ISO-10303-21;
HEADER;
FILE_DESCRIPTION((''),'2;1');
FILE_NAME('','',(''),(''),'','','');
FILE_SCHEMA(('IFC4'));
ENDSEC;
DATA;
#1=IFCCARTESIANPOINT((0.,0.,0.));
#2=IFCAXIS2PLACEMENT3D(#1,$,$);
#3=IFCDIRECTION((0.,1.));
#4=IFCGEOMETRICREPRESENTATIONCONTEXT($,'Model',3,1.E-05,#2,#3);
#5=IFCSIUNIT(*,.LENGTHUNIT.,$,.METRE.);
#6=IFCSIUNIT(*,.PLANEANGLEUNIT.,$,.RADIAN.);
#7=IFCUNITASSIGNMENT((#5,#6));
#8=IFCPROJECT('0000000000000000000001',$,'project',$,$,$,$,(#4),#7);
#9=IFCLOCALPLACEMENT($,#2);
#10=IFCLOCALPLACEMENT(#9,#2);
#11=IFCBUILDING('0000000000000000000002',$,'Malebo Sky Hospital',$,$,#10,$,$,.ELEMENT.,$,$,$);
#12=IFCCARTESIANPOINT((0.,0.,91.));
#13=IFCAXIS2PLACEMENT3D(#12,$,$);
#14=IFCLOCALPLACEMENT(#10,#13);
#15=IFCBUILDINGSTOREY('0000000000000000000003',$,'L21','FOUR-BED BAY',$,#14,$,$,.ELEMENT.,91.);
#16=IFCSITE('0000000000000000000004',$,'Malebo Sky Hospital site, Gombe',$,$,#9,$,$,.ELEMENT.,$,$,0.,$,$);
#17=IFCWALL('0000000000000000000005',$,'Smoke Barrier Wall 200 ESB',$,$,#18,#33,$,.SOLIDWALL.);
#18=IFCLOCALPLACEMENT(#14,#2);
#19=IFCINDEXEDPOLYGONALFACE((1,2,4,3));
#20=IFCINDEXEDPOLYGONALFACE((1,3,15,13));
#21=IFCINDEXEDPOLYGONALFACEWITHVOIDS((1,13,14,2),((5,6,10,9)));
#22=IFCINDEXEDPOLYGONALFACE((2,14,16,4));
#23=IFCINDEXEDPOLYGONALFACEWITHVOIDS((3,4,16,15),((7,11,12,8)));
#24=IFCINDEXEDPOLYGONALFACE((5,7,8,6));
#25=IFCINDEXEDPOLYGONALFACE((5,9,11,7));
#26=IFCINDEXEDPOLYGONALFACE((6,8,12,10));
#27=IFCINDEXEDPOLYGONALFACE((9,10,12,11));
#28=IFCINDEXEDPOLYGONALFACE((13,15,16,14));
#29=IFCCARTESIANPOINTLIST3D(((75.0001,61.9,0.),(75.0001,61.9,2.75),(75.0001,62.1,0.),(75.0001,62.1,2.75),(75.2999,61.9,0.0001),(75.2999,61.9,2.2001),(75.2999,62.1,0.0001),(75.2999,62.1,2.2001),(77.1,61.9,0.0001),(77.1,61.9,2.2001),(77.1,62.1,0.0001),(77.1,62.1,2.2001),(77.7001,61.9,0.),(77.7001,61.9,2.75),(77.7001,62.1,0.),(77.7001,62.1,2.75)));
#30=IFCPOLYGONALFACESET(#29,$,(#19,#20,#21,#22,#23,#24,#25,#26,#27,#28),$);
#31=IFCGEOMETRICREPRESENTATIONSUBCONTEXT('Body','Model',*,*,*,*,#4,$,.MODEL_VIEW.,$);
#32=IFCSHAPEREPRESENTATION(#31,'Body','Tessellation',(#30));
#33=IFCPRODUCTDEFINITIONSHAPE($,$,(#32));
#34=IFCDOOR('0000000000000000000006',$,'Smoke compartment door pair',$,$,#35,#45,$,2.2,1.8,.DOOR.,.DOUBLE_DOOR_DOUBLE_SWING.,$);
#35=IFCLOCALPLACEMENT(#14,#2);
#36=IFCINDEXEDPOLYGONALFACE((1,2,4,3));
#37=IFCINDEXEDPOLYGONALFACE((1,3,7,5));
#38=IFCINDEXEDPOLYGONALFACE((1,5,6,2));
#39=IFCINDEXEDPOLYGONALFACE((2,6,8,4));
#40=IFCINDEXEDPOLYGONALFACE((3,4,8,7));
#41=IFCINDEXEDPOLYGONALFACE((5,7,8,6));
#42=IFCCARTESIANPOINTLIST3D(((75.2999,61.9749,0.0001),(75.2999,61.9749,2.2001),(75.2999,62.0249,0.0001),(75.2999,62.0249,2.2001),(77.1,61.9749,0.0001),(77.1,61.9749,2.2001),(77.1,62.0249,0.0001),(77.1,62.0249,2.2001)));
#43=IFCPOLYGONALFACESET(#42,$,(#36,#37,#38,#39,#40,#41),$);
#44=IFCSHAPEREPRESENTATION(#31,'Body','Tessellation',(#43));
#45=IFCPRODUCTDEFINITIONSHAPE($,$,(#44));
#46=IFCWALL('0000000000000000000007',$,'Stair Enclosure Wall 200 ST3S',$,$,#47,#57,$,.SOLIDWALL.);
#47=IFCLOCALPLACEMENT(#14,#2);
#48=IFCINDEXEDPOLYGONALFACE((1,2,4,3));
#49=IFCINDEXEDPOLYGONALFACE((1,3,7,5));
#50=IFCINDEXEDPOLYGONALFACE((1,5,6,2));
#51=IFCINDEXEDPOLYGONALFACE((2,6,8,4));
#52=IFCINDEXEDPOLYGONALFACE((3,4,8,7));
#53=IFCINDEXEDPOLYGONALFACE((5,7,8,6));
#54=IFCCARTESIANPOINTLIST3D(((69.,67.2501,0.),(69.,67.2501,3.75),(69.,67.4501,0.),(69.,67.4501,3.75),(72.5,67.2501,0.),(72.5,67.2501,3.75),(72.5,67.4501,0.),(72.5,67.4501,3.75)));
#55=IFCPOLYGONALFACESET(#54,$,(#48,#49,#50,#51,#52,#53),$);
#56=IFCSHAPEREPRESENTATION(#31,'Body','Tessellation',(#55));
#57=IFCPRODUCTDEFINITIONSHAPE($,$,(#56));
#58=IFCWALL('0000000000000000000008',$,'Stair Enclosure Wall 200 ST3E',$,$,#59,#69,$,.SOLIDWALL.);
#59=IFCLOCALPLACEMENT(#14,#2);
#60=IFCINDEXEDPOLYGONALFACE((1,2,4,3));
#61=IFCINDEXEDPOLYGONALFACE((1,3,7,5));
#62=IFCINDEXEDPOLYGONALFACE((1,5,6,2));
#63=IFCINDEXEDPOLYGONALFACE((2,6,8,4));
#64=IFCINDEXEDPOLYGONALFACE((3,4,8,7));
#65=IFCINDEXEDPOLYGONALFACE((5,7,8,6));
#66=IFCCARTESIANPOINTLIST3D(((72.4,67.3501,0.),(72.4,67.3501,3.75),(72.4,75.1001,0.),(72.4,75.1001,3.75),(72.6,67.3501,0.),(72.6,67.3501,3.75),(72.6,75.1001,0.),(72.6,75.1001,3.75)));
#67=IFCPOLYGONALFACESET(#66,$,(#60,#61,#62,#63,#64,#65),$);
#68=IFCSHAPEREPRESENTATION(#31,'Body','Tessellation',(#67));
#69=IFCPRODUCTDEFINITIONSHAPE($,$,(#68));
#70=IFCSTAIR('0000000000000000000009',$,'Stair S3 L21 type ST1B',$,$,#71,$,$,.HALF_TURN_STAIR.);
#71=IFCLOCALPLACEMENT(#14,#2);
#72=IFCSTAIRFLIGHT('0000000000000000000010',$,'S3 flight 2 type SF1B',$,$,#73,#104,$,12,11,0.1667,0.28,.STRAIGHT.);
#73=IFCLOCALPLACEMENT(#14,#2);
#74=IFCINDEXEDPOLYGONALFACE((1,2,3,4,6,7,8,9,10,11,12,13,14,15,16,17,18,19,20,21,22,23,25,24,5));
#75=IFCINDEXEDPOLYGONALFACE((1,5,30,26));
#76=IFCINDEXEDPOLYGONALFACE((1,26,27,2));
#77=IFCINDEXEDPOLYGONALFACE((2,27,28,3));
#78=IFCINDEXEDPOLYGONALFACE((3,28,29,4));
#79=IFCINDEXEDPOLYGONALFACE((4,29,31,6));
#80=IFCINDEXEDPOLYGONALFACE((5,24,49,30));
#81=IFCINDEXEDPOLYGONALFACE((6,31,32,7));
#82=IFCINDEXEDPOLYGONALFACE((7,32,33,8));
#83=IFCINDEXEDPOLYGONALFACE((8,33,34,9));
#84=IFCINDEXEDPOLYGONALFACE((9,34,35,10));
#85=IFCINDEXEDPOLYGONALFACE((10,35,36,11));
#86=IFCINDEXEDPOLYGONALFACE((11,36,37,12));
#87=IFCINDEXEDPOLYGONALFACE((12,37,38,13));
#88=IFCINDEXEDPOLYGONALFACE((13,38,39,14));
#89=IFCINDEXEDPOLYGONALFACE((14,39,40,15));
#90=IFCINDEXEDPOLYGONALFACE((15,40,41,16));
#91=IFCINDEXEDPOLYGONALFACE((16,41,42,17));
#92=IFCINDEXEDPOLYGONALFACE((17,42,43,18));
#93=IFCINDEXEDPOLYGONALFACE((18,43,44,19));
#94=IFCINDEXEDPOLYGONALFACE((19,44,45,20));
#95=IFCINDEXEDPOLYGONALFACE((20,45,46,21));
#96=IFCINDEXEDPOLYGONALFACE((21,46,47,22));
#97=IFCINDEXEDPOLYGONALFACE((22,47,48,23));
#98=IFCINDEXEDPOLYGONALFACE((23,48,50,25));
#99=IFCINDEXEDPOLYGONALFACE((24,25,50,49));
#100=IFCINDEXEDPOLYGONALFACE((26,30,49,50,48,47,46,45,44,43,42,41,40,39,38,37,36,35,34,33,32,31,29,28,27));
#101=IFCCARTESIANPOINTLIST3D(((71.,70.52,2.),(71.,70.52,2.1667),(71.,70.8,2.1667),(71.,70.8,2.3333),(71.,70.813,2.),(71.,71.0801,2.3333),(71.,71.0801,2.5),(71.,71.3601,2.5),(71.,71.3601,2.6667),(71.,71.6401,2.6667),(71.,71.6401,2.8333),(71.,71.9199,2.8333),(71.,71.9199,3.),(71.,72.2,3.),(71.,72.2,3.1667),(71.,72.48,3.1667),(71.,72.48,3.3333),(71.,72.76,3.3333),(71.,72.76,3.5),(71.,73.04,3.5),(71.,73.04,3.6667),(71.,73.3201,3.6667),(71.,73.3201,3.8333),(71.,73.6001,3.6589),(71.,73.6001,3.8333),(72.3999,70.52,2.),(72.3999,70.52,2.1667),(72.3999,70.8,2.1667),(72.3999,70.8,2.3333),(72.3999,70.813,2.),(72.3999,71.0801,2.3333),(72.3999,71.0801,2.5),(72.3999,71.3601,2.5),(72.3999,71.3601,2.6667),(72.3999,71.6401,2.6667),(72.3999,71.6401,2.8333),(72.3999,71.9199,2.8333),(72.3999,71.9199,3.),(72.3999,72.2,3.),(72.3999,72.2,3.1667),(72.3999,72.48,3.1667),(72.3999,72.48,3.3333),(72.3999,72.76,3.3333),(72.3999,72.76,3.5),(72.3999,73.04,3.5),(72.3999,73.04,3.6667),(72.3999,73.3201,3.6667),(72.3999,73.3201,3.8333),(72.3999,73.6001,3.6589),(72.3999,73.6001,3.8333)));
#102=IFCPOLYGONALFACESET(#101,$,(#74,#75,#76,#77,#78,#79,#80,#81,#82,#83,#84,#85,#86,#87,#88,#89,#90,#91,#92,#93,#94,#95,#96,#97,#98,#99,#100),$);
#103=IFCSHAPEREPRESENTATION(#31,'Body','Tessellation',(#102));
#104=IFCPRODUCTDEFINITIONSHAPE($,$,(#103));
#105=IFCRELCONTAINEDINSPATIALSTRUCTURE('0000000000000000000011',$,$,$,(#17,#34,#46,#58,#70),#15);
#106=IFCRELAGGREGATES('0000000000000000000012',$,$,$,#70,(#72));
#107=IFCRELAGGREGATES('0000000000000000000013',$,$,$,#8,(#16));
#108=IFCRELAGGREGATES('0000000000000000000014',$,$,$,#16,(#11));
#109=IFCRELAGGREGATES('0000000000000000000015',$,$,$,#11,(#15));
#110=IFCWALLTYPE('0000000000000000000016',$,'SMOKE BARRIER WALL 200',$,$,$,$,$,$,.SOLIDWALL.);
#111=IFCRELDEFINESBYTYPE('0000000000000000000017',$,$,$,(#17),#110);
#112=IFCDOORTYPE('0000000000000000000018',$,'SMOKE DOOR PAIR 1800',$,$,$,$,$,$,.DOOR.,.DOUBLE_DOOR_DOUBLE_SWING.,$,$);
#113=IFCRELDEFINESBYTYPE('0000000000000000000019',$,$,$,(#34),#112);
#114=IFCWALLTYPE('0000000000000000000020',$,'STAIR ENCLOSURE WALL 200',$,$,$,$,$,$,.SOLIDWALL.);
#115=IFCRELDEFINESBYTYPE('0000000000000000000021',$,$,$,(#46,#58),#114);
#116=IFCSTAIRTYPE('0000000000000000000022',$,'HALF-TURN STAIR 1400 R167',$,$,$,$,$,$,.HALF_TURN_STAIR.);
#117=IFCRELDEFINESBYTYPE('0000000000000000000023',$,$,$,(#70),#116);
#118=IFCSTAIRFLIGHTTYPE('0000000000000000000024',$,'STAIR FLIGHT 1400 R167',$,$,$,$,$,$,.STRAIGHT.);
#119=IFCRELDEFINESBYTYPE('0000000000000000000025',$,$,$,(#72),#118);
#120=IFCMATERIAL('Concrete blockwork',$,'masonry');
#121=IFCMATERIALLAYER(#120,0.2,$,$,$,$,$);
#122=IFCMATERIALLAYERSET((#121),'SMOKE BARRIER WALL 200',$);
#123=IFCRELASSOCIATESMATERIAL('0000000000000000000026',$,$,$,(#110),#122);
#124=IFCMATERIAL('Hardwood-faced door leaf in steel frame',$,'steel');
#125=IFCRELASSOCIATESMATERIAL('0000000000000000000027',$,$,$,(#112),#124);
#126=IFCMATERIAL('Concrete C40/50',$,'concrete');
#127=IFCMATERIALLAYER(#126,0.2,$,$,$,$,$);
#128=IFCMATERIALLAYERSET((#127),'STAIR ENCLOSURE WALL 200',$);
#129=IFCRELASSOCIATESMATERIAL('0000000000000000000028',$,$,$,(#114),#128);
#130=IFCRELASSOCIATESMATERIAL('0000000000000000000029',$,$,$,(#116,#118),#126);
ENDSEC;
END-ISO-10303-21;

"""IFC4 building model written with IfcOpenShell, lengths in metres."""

from ifc_helpers import new_model, si_unit, direction, frame, frame_2d, origin, place, context, subcontext, project, spatial, polyline, rectangle, outline, extrude, material, layer, layer_set, type_object, element, fill, aggregate, save


model = new_model("IFC4")

# Units and contexts
model_context = context("Model", 3, precision=1e-05, world=origin(), true_north=direction((0.0, 1.0)))
body_context = subcontext(model_context, "Body", "Model", "MODEL_VIEW")
ifc_project = project(units=[si_unit("LENGTHUNIT", "METRE"), si_unit("PLANEANGLEUNIT", "RADIAN")], contexts=[model_context])

# Site, building, storey
site_placement = place(None, origin())
site = spatial("IfcSite", under=ifc_project, at=site_placement, Name="Malebo Sky Hospital site, Gombe", CompositionType="ELEMENT", RefElevation=0.0)
building_placement = place(site_placement, origin())
building = spatial("IfcBuilding", under=site, at=building_placement, Name="Malebo Sky Hospital", CompositionType="ELEMENT")
storey_placement = place(building_placement, frame((0.0, 0.0, 91.0)))
storey = spatial("IfcBuildingStorey", under=building, at=storey_placement, Name="L21", Description="FOUR-BED BAY", CompositionType="ELEMENT", Elevation=91.0)

# Shared definitions
ifc_material_1 = material(Name="Hardwood-faced door leaf in steel frame", Category="steel")

# Shared definitions
ifc_material_2 = material(Name="Concrete blockwork", Category="masonry")
ifc_layer_1 = layer(ifc_material_2, 0.2)
ifc_layer_set_1 = layer_set([ifc_layer_1], Name="SMOKE BARRIER WALL 200")
wall_type_1 = type_object("IfcWallType", Name="SMOKE BARRIER WALL 200", PredefinedType="SOLIDWALL", material=ifc_layer_set_1)

# Wall, opening, door
wall_1_placement = place(storey_placement, frame((75.0, 62.0, 0.0), z_axis=(0.0, 0.0, 1.0), x_axis=(1.0, 0.0, 0.0)))
wall_1 = element("IfcWall", 1, at=wall_1_placement, inside=storey, type_object=wall_type_1, Name="Smoke Barrier Wall 200 ESB", PredefinedType="SOLIDWALL", context=body_context, shape_type="SweptSolid", body=[
    extrude(rectangle(XDim=2.7, YDim=0.2, at=frame_2d((1.3501, 0.0))), origin(), (0.0, 0.0, 1.0), 2.75),
])
opening_1_placement = place(wall_1_placement, frame((0.3, 0.0, 0.0)))
opening_1 = element("IfcOpeningElement", 2, at=opening_1_placement, cuts=wall_1, PredefinedType="OPENING", context=body_context, shape_type="SweptSolid", body=[
    extrude(rectangle(XDim=1.8, YDim=2.2, at=frame_2d((0.8999, 1.1001))), frame((0.0, 0.1099, 0.0), z_axis=(0.0, -1.0, 0.0), x_axis=(1.0, 0.0, 0.0)), (0.0, 0.0, 1.0), 0.22),
])
door_type_1 = type_object("IfcDoorType", Name="SMOKE DOOR PAIR 1800", OperationType="DOUBLE_DOOR_DOUBLE_SWING", PredefinedType="DOOR", material=ifc_material_1)
door_1_placement = place(opening_1_placement, origin())
door_1 = element("IfcDoor", 3, at=door_1_placement, inside=storey, type_object=door_type_1, Name="Smoke compartment door pair", OperationType="DOUBLE_DOOR_DOUBLE_SWING", OverallHeight=2.2, OverallWidth=1.8, PredefinedType="DOOR", context=body_context, shape_type="SweptSolid", body=[
    extrude(rectangle(XDim=1.8, YDim=2.2, at=frame_2d((0.8999, 1.1001))), frame((0.0, 0.0249, 0.0), z_axis=(0.0, -1.0, 0.0), x_axis=(1.0, 0.0, 0.0)), (0.0, 0.0, 1.0), 0.05),
])
fill(opening_1, door_1)

# Walls
ifc_material_3 = material(Name="Concrete C40/50", Category="concrete")
ifc_layer_2 = layer(ifc_material_3, 0.2)
ifc_layer_set_2 = layer_set([ifc_layer_2], Name="STAIR ENCLOSURE WALL 200")
wall_type_2 = type_object("IfcWallType", Name="STAIR ENCLOSURE WALL 200", PredefinedType="SOLIDWALL", material=ifc_layer_set_2)
wall_2_placement = place(storey_placement, frame((69.0, 67.3501, 0.0), z_axis=(0.0, 0.0, 1.0), x_axis=(1.0, 0.0, 0.0)))
element("IfcWall", 4, at=wall_2_placement, inside=storey, type_object=wall_type_2, Name="Stair Enclosure Wall 200 ST3S", PredefinedType="SOLIDWALL", context=body_context, shape_type="SweptSolid", body=[
    extrude(rectangle(XDim=3.5, YDim=0.2, at=frame_2d((1.75, 0.0))), origin(), (0.0, 0.0, 1.0), 3.75),
])
wall_3_placement = place(storey_placement, frame((72.5, 67.3501, 0.0), z_axis=(0.0, 0.0, 1.0), x_axis=(0.0, 1.0, 0.0)))
element("IfcWall", 5, at=wall_3_placement, inside=storey, type_object=wall_type_2, Name="Stair Enclosure Wall 200 ST3E", PredefinedType="SOLIDWALL", context=body_context, shape_type="SweptSolid", body=[
    extrude(rectangle(XDim=7.75, YDim=0.2, at=frame_2d((3.875, 0.0))), origin(), (0.0, 0.0, 1.0), 3.75),
])

# Stair, stair flight
stair_type = type_object("IfcStairType", Name="HALF-TURN STAIR 1400 R167", PredefinedType="HALF_TURN_STAIR", material=ifc_material_3)
stair_placement = place(storey_placement, origin())
stair = element("IfcStair", 6, at=stair_placement, inside=storey, type_object=stair_type, Name="Stair S3 L21 type ST1B", PredefinedType="HALF_TURN_STAIR")
stair_flight_type = type_object("IfcStairFlightType", Name="STAIR FLIGHT 1400 R167", PredefinedType="STRAIGHT", material=ifc_material_3)
stair_flight_placement = place(storey_placement, frame((71.7, 70.52, 2.0), z_axis=(0.0, 0.0, 1.0), x_axis=(0.0, 1.0, 0.0)))
stair_flight = element("IfcStairFlight", 7, at=stair_flight_placement, type_object=stair_flight_type, Name="S3 flight 2 type SF1B", NumberOfRisers=12, NumberOfTreads=11, PredefinedType="STRAIGHT", RiserHeight=0.1667, TreadLength=0.28, context=body_context, shape_type="SweptSolid", body=[
    extrude(outline(polyline([(0.0, 0.0), (0.0, 0.1667), (0.28, 0.1667), (0.28, 0.3333), (0.5601, 0.3333), (0.5601, 0.5), (0.8401, 0.5), (0.8401, 0.6667), (1.1201, 0.6667), (1.1201, 0.8333), (1.3999, 0.8333), (1.3999, 1.0), (1.6799, 1.0), (1.6799, 1.1667), (1.96, 1.1667), (1.96, 1.3333), (2.24, 1.3333), (2.24, 1.5), (2.52, 1.5), (2.52, 1.6667), (2.8, 1.6667), (2.8, 1.8333), (3.0801, 1.8333), (3.0801, 2.0), (3.0801, 1.6589), (0.293, 0.0), (0.0, 0.0)])), frame((0.0, 0.7, 0.0), z_axis=(0.0, -1.0, 0.0), x_axis=(1.0, 0.0, 0.0)), (0.0, 0.0, 1.0), 1.3999),
])
aggregate(stair, [stair_flight])

save(model, "model.ifc")
